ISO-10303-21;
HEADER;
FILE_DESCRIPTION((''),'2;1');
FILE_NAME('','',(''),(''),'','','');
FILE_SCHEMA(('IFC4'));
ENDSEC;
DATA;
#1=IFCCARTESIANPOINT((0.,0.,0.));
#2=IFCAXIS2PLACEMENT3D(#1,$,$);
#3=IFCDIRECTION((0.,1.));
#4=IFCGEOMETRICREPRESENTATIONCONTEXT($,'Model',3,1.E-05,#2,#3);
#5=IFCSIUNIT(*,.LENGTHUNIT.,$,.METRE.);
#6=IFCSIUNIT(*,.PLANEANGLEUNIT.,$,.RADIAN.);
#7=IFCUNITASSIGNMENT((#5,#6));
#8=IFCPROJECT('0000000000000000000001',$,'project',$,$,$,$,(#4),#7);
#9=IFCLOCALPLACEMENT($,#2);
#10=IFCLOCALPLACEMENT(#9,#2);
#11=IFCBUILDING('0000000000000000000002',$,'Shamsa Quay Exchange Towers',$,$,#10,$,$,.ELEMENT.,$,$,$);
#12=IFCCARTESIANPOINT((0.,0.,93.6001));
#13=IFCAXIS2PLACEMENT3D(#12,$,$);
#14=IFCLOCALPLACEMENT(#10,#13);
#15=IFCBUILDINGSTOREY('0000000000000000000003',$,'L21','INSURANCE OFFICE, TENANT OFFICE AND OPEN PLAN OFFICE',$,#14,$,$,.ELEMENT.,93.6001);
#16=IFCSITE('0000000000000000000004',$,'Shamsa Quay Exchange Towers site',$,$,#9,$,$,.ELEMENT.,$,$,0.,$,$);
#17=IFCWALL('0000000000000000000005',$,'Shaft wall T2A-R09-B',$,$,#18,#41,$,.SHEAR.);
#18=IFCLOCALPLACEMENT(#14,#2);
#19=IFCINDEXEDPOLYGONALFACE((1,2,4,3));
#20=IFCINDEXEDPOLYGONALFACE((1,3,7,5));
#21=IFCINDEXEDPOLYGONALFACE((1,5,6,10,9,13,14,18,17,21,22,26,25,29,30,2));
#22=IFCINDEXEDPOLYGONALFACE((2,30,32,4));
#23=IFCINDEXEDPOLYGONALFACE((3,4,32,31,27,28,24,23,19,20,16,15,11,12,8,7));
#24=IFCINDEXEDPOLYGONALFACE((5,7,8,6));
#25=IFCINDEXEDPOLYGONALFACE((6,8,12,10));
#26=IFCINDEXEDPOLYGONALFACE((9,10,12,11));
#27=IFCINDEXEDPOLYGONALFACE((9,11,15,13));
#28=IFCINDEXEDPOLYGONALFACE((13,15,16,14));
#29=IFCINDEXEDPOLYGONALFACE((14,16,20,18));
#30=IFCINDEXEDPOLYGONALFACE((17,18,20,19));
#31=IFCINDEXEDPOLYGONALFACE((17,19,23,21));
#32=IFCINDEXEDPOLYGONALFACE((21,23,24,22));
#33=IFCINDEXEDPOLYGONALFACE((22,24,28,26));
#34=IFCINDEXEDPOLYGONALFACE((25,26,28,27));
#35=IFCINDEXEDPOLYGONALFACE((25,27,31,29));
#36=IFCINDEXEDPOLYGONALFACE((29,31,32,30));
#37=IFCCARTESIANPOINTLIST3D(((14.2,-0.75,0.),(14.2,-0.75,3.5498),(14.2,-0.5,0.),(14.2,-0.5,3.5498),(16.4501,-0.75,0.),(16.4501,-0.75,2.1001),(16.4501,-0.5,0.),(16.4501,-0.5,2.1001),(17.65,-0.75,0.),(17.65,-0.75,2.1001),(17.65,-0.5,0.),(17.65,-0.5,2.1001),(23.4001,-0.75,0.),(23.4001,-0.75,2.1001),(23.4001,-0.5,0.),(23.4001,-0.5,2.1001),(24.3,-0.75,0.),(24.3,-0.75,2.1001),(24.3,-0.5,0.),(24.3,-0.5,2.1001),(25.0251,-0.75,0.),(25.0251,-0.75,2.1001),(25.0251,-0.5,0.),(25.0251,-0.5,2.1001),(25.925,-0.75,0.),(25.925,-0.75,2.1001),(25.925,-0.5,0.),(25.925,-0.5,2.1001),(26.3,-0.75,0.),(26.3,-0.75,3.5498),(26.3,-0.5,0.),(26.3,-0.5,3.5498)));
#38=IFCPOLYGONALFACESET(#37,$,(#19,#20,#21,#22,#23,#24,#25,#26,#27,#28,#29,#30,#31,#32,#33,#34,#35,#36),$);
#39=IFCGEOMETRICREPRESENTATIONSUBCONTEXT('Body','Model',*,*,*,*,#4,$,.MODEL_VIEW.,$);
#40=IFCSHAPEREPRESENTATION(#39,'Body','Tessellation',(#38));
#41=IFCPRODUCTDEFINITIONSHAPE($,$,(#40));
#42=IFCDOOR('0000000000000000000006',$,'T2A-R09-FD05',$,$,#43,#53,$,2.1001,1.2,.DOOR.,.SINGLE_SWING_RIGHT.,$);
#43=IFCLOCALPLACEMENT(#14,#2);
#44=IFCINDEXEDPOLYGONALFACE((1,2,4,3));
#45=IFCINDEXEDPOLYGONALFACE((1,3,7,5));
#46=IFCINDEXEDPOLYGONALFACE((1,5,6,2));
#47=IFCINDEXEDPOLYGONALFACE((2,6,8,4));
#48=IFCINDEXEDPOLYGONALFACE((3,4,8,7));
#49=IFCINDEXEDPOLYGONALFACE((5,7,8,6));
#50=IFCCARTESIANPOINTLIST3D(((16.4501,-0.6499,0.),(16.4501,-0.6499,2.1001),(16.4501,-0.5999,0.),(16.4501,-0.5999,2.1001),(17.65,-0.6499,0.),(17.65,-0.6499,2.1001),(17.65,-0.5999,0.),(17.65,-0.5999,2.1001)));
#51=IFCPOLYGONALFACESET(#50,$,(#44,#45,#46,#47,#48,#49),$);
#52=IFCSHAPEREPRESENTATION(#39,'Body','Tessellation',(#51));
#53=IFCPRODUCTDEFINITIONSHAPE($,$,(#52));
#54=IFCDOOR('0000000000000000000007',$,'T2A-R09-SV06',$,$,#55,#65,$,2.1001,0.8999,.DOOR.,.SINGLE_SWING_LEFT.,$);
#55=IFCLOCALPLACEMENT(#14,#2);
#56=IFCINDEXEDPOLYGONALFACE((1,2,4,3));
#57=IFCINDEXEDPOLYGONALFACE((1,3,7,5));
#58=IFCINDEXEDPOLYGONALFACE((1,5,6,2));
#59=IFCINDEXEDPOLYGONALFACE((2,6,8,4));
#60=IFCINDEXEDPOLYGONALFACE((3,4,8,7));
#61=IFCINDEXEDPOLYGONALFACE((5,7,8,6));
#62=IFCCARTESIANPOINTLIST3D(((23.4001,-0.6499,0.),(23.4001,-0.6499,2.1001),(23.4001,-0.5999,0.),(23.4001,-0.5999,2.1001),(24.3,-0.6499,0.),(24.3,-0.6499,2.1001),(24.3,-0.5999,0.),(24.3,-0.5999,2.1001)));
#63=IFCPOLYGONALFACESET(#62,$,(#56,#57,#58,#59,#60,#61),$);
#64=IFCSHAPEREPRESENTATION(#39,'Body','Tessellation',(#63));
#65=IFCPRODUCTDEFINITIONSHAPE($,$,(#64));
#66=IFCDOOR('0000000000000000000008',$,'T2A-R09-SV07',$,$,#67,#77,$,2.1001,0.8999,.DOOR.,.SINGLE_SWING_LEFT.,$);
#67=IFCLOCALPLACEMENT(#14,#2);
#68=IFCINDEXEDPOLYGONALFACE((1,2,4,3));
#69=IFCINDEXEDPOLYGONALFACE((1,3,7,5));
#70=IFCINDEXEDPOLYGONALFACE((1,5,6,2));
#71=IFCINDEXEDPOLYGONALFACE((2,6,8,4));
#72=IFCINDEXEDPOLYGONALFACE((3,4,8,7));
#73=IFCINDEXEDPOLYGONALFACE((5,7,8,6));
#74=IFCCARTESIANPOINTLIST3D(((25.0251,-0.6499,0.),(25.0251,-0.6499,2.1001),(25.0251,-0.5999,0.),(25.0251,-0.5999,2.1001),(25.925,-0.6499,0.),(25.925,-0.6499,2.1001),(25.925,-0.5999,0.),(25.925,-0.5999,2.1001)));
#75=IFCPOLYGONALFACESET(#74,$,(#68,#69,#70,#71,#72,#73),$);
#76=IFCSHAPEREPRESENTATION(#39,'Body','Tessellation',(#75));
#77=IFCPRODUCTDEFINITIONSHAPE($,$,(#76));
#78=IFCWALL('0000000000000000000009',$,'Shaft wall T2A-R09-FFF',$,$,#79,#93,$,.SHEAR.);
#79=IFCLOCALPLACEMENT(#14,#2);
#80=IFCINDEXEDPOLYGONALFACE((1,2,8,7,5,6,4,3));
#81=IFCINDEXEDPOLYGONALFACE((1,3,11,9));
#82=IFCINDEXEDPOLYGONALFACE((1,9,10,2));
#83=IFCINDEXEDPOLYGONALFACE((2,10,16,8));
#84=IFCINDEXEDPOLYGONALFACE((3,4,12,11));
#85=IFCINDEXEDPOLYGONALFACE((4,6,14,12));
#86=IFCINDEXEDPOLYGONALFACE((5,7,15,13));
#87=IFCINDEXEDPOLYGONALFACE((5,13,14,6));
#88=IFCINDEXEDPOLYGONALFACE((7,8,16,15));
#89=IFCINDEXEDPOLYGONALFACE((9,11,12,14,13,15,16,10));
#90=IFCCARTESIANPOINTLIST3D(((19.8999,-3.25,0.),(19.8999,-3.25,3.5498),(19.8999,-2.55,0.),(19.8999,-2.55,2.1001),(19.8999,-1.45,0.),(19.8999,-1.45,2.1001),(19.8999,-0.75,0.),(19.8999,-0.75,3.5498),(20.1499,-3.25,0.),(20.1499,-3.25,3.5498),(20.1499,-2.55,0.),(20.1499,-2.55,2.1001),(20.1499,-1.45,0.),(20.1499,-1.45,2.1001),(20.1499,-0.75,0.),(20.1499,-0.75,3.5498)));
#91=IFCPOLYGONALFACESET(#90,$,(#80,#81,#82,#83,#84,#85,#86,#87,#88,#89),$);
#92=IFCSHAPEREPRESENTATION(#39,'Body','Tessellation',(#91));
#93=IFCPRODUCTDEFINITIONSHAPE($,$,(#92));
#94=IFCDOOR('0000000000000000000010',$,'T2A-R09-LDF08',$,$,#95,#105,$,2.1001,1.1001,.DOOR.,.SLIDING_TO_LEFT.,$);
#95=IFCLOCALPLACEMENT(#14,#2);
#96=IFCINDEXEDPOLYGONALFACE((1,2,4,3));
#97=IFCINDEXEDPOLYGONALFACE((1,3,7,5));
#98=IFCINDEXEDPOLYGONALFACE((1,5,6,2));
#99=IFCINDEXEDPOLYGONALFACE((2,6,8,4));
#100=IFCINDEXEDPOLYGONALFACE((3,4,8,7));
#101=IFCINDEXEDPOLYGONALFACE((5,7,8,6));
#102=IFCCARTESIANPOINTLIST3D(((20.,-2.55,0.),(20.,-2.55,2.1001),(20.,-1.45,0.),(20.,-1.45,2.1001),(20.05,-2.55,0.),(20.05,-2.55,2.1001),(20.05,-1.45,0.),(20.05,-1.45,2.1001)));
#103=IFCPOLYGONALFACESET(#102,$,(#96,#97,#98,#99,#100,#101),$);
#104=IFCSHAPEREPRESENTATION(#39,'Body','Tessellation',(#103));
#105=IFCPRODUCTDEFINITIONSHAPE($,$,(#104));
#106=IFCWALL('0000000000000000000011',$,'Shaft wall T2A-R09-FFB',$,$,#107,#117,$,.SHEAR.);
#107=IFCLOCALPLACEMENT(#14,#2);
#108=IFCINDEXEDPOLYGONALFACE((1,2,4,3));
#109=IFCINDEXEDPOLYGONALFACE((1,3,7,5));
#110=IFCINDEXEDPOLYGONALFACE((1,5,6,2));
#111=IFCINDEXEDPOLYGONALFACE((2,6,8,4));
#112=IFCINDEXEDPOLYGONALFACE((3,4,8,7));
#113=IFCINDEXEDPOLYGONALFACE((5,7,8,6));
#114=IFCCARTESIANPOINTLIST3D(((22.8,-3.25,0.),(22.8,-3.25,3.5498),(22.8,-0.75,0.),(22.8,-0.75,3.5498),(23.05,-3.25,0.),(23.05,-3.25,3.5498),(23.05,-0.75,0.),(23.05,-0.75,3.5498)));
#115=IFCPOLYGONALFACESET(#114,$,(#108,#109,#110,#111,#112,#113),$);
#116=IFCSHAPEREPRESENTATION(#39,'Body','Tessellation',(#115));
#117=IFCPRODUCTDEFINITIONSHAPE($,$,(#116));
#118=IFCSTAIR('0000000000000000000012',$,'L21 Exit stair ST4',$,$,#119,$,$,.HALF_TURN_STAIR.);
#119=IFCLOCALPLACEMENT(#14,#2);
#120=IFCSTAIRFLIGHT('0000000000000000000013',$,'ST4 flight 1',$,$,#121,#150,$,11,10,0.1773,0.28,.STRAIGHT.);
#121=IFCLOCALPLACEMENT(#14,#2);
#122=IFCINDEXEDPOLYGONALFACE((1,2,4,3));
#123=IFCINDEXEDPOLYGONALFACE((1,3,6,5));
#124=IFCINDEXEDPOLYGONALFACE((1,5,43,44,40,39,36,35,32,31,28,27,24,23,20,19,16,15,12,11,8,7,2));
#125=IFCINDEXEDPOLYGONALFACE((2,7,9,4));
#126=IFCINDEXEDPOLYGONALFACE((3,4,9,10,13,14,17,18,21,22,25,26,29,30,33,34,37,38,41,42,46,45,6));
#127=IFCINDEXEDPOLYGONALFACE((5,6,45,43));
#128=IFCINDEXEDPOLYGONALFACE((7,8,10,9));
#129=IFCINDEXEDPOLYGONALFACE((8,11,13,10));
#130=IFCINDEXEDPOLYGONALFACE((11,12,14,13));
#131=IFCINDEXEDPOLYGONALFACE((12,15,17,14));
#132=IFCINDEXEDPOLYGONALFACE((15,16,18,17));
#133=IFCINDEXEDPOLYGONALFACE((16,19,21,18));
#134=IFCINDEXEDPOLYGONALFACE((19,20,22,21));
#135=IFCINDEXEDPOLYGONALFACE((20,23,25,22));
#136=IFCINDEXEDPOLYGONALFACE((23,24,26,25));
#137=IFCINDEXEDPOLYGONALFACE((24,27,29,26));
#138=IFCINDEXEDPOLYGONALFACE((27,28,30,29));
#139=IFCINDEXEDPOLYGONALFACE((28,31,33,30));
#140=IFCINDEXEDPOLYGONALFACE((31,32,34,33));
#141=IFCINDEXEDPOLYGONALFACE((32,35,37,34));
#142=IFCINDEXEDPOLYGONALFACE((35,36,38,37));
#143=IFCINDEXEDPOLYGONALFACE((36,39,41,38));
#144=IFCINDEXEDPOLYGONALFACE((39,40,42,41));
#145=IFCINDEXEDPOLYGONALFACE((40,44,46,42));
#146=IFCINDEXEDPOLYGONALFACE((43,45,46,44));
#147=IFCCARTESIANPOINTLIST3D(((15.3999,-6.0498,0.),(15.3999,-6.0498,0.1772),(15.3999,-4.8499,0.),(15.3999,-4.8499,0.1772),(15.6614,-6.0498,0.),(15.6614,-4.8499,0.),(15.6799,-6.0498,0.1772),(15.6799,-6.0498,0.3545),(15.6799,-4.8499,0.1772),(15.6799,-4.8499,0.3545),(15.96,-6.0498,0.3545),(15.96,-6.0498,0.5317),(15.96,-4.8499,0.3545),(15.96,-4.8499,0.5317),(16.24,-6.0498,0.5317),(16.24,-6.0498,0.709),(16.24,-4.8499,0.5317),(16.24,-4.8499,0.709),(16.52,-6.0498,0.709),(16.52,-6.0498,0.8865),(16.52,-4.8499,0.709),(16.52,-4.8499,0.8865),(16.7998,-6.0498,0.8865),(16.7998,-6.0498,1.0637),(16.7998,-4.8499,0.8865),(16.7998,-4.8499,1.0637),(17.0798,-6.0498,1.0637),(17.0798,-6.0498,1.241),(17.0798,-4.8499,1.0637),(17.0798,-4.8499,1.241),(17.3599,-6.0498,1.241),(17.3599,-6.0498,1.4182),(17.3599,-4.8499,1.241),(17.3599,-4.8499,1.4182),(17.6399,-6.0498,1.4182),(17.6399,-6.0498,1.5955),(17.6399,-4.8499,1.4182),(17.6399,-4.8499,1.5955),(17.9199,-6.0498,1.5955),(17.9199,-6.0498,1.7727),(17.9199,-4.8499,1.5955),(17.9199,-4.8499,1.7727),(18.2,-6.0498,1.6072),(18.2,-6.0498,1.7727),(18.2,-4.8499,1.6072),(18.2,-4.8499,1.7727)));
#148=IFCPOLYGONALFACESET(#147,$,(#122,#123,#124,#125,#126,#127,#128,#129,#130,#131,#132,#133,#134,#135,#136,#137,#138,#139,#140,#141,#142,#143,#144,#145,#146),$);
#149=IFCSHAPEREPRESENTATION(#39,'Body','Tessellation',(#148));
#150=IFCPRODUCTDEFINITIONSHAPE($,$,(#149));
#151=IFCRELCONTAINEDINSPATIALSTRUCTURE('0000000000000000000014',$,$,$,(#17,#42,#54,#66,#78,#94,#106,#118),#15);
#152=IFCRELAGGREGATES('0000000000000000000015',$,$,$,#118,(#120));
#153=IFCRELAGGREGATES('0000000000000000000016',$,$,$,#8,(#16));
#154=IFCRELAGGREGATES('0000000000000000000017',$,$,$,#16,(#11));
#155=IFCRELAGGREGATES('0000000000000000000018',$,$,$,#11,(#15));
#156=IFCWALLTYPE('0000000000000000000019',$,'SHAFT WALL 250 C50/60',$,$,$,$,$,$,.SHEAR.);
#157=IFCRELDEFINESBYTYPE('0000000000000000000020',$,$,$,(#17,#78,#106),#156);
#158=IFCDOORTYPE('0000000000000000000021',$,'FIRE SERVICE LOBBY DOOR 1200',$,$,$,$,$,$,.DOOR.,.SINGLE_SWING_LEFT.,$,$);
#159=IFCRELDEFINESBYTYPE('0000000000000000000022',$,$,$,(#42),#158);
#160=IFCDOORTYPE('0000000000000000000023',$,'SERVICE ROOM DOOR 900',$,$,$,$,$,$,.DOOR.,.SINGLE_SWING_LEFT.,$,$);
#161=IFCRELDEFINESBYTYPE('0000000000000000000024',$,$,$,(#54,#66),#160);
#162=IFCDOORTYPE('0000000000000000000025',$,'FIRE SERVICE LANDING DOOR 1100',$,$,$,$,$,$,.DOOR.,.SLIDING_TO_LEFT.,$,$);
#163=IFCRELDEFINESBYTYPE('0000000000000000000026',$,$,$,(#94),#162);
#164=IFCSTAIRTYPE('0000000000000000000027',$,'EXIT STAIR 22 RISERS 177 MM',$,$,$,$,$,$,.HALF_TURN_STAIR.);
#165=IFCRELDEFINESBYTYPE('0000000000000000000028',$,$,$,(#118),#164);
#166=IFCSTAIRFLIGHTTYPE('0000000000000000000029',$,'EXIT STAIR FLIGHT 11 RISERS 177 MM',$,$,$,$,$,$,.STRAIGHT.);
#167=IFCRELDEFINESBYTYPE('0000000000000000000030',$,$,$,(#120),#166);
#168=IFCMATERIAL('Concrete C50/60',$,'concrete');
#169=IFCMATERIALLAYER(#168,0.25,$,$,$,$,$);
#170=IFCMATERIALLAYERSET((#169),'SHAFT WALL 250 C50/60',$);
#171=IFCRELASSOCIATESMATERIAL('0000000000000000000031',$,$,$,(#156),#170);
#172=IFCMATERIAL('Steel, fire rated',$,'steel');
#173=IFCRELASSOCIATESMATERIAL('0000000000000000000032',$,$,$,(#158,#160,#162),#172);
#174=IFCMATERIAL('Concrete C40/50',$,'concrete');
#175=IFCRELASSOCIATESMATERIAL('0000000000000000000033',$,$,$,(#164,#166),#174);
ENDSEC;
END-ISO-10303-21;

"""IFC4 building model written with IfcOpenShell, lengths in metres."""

from ifc_helpers import new_model, si_unit, direction, frame, frame_2d, origin, place, context, subcontext, project, spatial, polyline, rectangle, outline, extrude, material, layer, layer_set, type_object, element, fill, aggregate, save


model = new_model("IFC4")

# Units and contexts
model_context = context("Model", 3, precision=1e-05, world=origin(), true_north=direction((0.0, 1.0)))
body_context = subcontext(model_context, "Body", "Model", "MODEL_VIEW")
ifc_project = project(units=[si_unit("LENGTHUNIT", "METRE"), si_unit("PLANEANGLEUNIT", "RADIAN")], contexts=[model_context])

# Site, building, storey
site_placement = place(None, origin())
site = spatial("IfcSite", under=ifc_project, at=site_placement, Name="Shamsa Quay Exchange Towers site", CompositionType="ELEMENT", RefElevation=0.0)
building_placement = place(site_placement, origin())
building = spatial("IfcBuilding", under=site, at=building_placement, Name="Shamsa Quay Exchange Towers", CompositionType="ELEMENT")
storey_placement = place(building_placement, frame((0.0, 0.0, 93.6001)))
storey = spatial("IfcBuildingStorey", under=building, at=storey_placement, Name="L21", Description="INSURANCE OFFICE, TENANT OFFICE AND OPEN PLAN OFFICE", CompositionType="ELEMENT", Elevation=93.6001)

# Shared definitions
ifc_material_1 = material(Name="Concrete C50/60", Category="concrete")
ifc_layer_1 = layer(ifc_material_1, 0.25)
ifc_layer_set_1 = layer_set([ifc_layer_1], Name="SHAFT WALL 250 C50/60")
wall_type_1 = type_object("IfcWallType", Name="SHAFT WALL 250 C50/60", PredefinedType="SHEAR", material=ifc_layer_set_1)
ifc_material_2 = material(Name="Steel, fire rated", Category="steel")

# Wall, openings, doors
wall_1_placement = place(storey_placement, frame((26.3, -0.625, 0.0), z_axis=(0.0, 0.0, 1.0), x_axis=(-1.0, 0.0, 0.0)))
wall_1 = element("IfcWall", 1, at=wall_1_placement, inside=storey, type_object=wall_type_1, Name="Shaft wall T2A-R09-B", PredefinedType="SHEAR", context=body_context, shape_type="SweptSolid", body=[
    extrude(rectangle(XDim=12.1001, YDim=0.25, at=frame_2d((6.05, 0.0))), origin(), (0.0, 0.0, 1.0), 3.5498),
])
opening_1_placement = place(wall_1_placement, frame((8.6499, 0.0, 0.0)))
opening_1 = element("IfcOpeningElement", 2, at=opening_1_placement, cuts=wall_1, PredefinedType="OPENING", context=body_context, shape_type="SweptSolid", body=[
    extrude(rectangle(XDim=1.2, YDim=2.1001, at=frame_2d((0.6001, 1.05))), frame((0.0, 0.135, 0.0), z_axis=(0.0, -1.0, 0.0), x_axis=(1.0, 0.0, 0.0)), (0.0, 0.0, 1.0), 0.27),
])
opening_2_placement = place(wall_1_placement, frame((2.0, 0.0, 0.0)))
opening_2 = element("IfcOpeningElement", 3, at=opening_2_placement, cuts=wall_1, PredefinedType="OPENING", context=body_context, shape_type="SweptSolid", body=[
    extrude(rectangle(XDim=0.8999, YDim=2.1001, at=frame_2d((0.45, 1.05))), frame((0.0, 0.135, 0.0), z_axis=(0.0, -1.0, 0.0), x_axis=(1.0, 0.0, 0.0)), (0.0, 0.0, 1.0), 0.27),
])
opening_3_placement = place(wall_1_placement, frame((0.375, 0.0, 0.0)))
opening_3 = element("IfcOpeningElement", 4, at=opening_3_placement, cuts=wall_1, PredefinedType="OPENING", context=body_context, shape_type="SweptSolid", body=[
    extrude(rectangle(XDim=0.8999, YDim=2.1001, at=frame_2d((0.45, 1.05))), frame((0.0, 0.135, 0.0), z_axis=(0.0, -1.0, 0.0), x_axis=(1.0, 0.0, 0.0)), (0.0, 0.0, 1.0), 0.27),
])
door_type_1 = type_object("IfcDoorType", Name="FIRE SERVICE LOBBY DOOR 1200", OperationType="SINGLE_SWING_LEFT", PredefinedType="DOOR", material=ifc_material_2)
door_1_placement = place(opening_1_placement, origin())
door_1 = element("IfcDoor", 5, at=door_1_placement, inside=storey, type_object=door_type_1, Name="T2A-R09-FD05", OperationType="SINGLE_SWING_RIGHT", OverallHeight=2.1001, OverallWidth=1.2, PredefinedType="DOOR", context=body_context, shape_type="SweptSolid", body=[
    extrude(rectangle(XDim=1.2, YDim=2.1001, at=frame_2d((0.6001, 1.05))), frame((0.0, 0.0249, 0.0), z_axis=(0.0, -1.0, 0.0), x_axis=(1.0, 0.0, 0.0)), (0.0, 0.0, 1.0), 0.05),
])
fill(opening_1, door_1)
door_type_2 = type_object("IfcDoorType", Name="SERVICE ROOM DOOR 900", OperationType="SINGLE_SWING_LEFT", PredefinedType="DOOR", material=ifc_material_2)
door_2_placement = place(opening_2_placement, origin())
door_2 = element("IfcDoor", 6, at=door_2_placement, inside=storey, type_object=door_type_2, Name="T2A-R09-SV06", OperationType="SINGLE_SWING_LEFT", OverallHeight=2.1001, OverallWidth=0.8999, PredefinedType="DOOR", context=body_context, shape_type="SweptSolid", body=[
    extrude(rectangle(XDim=0.8999, YDim=2.1001, at=frame_2d((0.45, 1.05))), frame((0.0, 0.0249, 0.0), z_axis=(0.0, -1.0, 0.0), x_axis=(1.0, 0.0, 0.0)), (0.0, 0.0, 1.0), 0.05),
])
fill(opening_2, door_2)
door_3_placement = place(opening_3_placement, origin())
door_3 = element("IfcDoor", 7, at=door_3_placement, inside=storey, type_object=door_type_2, Name="T2A-R09-SV07", OperationType="SINGLE_SWING_LEFT", OverallHeight=2.1001, OverallWidth=0.8999, PredefinedType="DOOR", context=body_context, shape_type="SweptSolid", body=[
    extrude(rectangle(XDim=0.8999, YDim=2.1001, at=frame_2d((0.45, 1.05))), frame((0.0, 0.0249, 0.0), z_axis=(0.0, -1.0, 0.0), x_axis=(1.0, 0.0, 0.0)), (0.0, 0.0, 1.0), 0.05),
])
fill(opening_3, door_3)

# Wall, opening, door
wall_2_placement = place(storey_placement, frame((20.0249, -3.25, 0.0), z_axis=(0.0, 0.0, 1.0), x_axis=(0.0, 1.0, 0.0)))
wall_2 = element("IfcWall", 8, at=wall_2_placement, inside=storey, type_object=wall_type_1, Name="Shaft wall T2A-R09-FFF", PredefinedType="SHEAR", context=body_context, shape_type="SweptSolid", body=[
    extrude(rectangle(XDim=2.5, YDim=0.25, at=frame_2d((1.25, 0.0))), origin(), (0.0, 0.0, 1.0), 3.5498),
])
opening_4_placement = place(wall_2_placement, frame((0.7, 0.0, 0.0)))
opening_4 = element("IfcOpeningElement", 9, at=opening_4_placement, cuts=wall_2, PredefinedType="OPENING", context=body_context, shape_type="SweptSolid", body=[
    extrude(rectangle(XDim=1.1001, YDim=2.1001, at=frame_2d((0.55, 1.05))), frame((0.0, 0.135, 0.0), z_axis=(0.0, -1.0, 0.0), x_axis=(1.0, 0.0, 0.0)), (0.0, 0.0, 1.0), 0.27),
])
door_type_3 = type_object("IfcDoorType", Name="FIRE SERVICE LANDING DOOR 1100", OperationType="SLIDING_TO_LEFT", PredefinedType="DOOR", material=ifc_material_2)
door_4_placement = place(opening_4_placement, origin())
door_4 = element("IfcDoor", 10, at=door_4_placement, inside=storey, type_object=door_type_3, Name="T2A-R09-LDF08", OperationType="SLIDING_TO_LEFT", OverallHeight=2.1001, OverallWidth=1.1001, PredefinedType="DOOR", context=body_context, shape_type="SweptSolid", body=[
    extrude(rectangle(XDim=1.1001, YDim=2.1001, at=frame_2d((0.55, 1.05))), frame((0.0, 0.0249, 0.0), z_axis=(0.0, -1.0, 0.0), x_axis=(1.0, 0.0, 0.0)), (0.0, 0.0, 1.0), 0.05),
])
fill(opening_4, door_4)

# Wall
wall_3_placement = place(storey_placement, frame((22.925, -3.25, 0.0), z_axis=(0.0, 0.0, 1.0), x_axis=(0.0, 1.0, 0.0)))
element("IfcWall", 11, at=wall_3_placement, inside=storey, type_object=wall_type_1, Name="Shaft wall T2A-R09-FFB", PredefinedType="SHEAR", context=body_context, shape_type="SweptSolid", body=[
    extrude(rectangle(XDim=2.5, YDim=0.25, at=frame_2d((1.25, 0.0))), origin(), (0.0, 0.0, 1.0), 3.5498),
])

# Stair, stair flight
ifc_material_3 = material(Name="Concrete C40/50", Category="concrete")
stair_type = type_object("IfcStairType", Name="EXIT STAIR 22 RISERS 177 MM", PredefinedType="HALF_TURN_STAIR", material=ifc_material_3)
stair_placement = place(storey_placement, origin())
stair = element("IfcStair", 12, at=stair_placement, inside=storey, type_object=stair_type, Name="L21 Exit stair ST4", PredefinedType="HALF_TURN_STAIR")
stair_flight_type = type_object("IfcStairFlightType", Name="EXIT STAIR FLIGHT 11 RISERS 177 MM", PredefinedType="STRAIGHT", material=ifc_material_3)
stair_flight_1_placement = place(storey_placement, frame((15.3999, -5.45, 0.0)))
stair_flight_1 = element("IfcStairFlight", 13, at=stair_flight_1_placement, type_object=stair_flight_type, Name="ST4 flight 1", NumberOfRisers=11, NumberOfTreads=10, PredefinedType="STRAIGHT", RiserHeight=0.1773, TreadLength=0.28, context=body_context, shape_type="SweptSolid", body=[
    extrude(outline(polyline([(0.0, 0.0), (0.0, 0.1772), (0.28, 0.1772), (0.28, 0.3545), (0.5601, 0.3545), (0.5601, 0.5317), (0.8401, 0.5317), (0.8401, 0.709), (1.1201, 0.709), (1.1201, 0.8865), (1.3999, 0.8865), (1.3999, 1.0637), (1.6799, 1.0637), (1.6799, 1.241), (1.96, 1.241), (1.96, 1.4182), (2.24, 1.4182), (2.24, 1.5955), (2.52, 1.5955), (2.52, 1.7727), (2.8, 1.7727), (2.8, 1.95), (2.8, 1.6072), (0.2615, 0.0), (0.0, 0.0)])), frame((0.0, 0.6001, 0.0), z_axis=(0.0, -1.0, 0.0), x_axis=(1.0, 0.0, 0.0)), (0.0, 0.0, 1.0), 1.2),
])
aggregate(stair, [stair_flight_1])

save(model, "model.ifc")
